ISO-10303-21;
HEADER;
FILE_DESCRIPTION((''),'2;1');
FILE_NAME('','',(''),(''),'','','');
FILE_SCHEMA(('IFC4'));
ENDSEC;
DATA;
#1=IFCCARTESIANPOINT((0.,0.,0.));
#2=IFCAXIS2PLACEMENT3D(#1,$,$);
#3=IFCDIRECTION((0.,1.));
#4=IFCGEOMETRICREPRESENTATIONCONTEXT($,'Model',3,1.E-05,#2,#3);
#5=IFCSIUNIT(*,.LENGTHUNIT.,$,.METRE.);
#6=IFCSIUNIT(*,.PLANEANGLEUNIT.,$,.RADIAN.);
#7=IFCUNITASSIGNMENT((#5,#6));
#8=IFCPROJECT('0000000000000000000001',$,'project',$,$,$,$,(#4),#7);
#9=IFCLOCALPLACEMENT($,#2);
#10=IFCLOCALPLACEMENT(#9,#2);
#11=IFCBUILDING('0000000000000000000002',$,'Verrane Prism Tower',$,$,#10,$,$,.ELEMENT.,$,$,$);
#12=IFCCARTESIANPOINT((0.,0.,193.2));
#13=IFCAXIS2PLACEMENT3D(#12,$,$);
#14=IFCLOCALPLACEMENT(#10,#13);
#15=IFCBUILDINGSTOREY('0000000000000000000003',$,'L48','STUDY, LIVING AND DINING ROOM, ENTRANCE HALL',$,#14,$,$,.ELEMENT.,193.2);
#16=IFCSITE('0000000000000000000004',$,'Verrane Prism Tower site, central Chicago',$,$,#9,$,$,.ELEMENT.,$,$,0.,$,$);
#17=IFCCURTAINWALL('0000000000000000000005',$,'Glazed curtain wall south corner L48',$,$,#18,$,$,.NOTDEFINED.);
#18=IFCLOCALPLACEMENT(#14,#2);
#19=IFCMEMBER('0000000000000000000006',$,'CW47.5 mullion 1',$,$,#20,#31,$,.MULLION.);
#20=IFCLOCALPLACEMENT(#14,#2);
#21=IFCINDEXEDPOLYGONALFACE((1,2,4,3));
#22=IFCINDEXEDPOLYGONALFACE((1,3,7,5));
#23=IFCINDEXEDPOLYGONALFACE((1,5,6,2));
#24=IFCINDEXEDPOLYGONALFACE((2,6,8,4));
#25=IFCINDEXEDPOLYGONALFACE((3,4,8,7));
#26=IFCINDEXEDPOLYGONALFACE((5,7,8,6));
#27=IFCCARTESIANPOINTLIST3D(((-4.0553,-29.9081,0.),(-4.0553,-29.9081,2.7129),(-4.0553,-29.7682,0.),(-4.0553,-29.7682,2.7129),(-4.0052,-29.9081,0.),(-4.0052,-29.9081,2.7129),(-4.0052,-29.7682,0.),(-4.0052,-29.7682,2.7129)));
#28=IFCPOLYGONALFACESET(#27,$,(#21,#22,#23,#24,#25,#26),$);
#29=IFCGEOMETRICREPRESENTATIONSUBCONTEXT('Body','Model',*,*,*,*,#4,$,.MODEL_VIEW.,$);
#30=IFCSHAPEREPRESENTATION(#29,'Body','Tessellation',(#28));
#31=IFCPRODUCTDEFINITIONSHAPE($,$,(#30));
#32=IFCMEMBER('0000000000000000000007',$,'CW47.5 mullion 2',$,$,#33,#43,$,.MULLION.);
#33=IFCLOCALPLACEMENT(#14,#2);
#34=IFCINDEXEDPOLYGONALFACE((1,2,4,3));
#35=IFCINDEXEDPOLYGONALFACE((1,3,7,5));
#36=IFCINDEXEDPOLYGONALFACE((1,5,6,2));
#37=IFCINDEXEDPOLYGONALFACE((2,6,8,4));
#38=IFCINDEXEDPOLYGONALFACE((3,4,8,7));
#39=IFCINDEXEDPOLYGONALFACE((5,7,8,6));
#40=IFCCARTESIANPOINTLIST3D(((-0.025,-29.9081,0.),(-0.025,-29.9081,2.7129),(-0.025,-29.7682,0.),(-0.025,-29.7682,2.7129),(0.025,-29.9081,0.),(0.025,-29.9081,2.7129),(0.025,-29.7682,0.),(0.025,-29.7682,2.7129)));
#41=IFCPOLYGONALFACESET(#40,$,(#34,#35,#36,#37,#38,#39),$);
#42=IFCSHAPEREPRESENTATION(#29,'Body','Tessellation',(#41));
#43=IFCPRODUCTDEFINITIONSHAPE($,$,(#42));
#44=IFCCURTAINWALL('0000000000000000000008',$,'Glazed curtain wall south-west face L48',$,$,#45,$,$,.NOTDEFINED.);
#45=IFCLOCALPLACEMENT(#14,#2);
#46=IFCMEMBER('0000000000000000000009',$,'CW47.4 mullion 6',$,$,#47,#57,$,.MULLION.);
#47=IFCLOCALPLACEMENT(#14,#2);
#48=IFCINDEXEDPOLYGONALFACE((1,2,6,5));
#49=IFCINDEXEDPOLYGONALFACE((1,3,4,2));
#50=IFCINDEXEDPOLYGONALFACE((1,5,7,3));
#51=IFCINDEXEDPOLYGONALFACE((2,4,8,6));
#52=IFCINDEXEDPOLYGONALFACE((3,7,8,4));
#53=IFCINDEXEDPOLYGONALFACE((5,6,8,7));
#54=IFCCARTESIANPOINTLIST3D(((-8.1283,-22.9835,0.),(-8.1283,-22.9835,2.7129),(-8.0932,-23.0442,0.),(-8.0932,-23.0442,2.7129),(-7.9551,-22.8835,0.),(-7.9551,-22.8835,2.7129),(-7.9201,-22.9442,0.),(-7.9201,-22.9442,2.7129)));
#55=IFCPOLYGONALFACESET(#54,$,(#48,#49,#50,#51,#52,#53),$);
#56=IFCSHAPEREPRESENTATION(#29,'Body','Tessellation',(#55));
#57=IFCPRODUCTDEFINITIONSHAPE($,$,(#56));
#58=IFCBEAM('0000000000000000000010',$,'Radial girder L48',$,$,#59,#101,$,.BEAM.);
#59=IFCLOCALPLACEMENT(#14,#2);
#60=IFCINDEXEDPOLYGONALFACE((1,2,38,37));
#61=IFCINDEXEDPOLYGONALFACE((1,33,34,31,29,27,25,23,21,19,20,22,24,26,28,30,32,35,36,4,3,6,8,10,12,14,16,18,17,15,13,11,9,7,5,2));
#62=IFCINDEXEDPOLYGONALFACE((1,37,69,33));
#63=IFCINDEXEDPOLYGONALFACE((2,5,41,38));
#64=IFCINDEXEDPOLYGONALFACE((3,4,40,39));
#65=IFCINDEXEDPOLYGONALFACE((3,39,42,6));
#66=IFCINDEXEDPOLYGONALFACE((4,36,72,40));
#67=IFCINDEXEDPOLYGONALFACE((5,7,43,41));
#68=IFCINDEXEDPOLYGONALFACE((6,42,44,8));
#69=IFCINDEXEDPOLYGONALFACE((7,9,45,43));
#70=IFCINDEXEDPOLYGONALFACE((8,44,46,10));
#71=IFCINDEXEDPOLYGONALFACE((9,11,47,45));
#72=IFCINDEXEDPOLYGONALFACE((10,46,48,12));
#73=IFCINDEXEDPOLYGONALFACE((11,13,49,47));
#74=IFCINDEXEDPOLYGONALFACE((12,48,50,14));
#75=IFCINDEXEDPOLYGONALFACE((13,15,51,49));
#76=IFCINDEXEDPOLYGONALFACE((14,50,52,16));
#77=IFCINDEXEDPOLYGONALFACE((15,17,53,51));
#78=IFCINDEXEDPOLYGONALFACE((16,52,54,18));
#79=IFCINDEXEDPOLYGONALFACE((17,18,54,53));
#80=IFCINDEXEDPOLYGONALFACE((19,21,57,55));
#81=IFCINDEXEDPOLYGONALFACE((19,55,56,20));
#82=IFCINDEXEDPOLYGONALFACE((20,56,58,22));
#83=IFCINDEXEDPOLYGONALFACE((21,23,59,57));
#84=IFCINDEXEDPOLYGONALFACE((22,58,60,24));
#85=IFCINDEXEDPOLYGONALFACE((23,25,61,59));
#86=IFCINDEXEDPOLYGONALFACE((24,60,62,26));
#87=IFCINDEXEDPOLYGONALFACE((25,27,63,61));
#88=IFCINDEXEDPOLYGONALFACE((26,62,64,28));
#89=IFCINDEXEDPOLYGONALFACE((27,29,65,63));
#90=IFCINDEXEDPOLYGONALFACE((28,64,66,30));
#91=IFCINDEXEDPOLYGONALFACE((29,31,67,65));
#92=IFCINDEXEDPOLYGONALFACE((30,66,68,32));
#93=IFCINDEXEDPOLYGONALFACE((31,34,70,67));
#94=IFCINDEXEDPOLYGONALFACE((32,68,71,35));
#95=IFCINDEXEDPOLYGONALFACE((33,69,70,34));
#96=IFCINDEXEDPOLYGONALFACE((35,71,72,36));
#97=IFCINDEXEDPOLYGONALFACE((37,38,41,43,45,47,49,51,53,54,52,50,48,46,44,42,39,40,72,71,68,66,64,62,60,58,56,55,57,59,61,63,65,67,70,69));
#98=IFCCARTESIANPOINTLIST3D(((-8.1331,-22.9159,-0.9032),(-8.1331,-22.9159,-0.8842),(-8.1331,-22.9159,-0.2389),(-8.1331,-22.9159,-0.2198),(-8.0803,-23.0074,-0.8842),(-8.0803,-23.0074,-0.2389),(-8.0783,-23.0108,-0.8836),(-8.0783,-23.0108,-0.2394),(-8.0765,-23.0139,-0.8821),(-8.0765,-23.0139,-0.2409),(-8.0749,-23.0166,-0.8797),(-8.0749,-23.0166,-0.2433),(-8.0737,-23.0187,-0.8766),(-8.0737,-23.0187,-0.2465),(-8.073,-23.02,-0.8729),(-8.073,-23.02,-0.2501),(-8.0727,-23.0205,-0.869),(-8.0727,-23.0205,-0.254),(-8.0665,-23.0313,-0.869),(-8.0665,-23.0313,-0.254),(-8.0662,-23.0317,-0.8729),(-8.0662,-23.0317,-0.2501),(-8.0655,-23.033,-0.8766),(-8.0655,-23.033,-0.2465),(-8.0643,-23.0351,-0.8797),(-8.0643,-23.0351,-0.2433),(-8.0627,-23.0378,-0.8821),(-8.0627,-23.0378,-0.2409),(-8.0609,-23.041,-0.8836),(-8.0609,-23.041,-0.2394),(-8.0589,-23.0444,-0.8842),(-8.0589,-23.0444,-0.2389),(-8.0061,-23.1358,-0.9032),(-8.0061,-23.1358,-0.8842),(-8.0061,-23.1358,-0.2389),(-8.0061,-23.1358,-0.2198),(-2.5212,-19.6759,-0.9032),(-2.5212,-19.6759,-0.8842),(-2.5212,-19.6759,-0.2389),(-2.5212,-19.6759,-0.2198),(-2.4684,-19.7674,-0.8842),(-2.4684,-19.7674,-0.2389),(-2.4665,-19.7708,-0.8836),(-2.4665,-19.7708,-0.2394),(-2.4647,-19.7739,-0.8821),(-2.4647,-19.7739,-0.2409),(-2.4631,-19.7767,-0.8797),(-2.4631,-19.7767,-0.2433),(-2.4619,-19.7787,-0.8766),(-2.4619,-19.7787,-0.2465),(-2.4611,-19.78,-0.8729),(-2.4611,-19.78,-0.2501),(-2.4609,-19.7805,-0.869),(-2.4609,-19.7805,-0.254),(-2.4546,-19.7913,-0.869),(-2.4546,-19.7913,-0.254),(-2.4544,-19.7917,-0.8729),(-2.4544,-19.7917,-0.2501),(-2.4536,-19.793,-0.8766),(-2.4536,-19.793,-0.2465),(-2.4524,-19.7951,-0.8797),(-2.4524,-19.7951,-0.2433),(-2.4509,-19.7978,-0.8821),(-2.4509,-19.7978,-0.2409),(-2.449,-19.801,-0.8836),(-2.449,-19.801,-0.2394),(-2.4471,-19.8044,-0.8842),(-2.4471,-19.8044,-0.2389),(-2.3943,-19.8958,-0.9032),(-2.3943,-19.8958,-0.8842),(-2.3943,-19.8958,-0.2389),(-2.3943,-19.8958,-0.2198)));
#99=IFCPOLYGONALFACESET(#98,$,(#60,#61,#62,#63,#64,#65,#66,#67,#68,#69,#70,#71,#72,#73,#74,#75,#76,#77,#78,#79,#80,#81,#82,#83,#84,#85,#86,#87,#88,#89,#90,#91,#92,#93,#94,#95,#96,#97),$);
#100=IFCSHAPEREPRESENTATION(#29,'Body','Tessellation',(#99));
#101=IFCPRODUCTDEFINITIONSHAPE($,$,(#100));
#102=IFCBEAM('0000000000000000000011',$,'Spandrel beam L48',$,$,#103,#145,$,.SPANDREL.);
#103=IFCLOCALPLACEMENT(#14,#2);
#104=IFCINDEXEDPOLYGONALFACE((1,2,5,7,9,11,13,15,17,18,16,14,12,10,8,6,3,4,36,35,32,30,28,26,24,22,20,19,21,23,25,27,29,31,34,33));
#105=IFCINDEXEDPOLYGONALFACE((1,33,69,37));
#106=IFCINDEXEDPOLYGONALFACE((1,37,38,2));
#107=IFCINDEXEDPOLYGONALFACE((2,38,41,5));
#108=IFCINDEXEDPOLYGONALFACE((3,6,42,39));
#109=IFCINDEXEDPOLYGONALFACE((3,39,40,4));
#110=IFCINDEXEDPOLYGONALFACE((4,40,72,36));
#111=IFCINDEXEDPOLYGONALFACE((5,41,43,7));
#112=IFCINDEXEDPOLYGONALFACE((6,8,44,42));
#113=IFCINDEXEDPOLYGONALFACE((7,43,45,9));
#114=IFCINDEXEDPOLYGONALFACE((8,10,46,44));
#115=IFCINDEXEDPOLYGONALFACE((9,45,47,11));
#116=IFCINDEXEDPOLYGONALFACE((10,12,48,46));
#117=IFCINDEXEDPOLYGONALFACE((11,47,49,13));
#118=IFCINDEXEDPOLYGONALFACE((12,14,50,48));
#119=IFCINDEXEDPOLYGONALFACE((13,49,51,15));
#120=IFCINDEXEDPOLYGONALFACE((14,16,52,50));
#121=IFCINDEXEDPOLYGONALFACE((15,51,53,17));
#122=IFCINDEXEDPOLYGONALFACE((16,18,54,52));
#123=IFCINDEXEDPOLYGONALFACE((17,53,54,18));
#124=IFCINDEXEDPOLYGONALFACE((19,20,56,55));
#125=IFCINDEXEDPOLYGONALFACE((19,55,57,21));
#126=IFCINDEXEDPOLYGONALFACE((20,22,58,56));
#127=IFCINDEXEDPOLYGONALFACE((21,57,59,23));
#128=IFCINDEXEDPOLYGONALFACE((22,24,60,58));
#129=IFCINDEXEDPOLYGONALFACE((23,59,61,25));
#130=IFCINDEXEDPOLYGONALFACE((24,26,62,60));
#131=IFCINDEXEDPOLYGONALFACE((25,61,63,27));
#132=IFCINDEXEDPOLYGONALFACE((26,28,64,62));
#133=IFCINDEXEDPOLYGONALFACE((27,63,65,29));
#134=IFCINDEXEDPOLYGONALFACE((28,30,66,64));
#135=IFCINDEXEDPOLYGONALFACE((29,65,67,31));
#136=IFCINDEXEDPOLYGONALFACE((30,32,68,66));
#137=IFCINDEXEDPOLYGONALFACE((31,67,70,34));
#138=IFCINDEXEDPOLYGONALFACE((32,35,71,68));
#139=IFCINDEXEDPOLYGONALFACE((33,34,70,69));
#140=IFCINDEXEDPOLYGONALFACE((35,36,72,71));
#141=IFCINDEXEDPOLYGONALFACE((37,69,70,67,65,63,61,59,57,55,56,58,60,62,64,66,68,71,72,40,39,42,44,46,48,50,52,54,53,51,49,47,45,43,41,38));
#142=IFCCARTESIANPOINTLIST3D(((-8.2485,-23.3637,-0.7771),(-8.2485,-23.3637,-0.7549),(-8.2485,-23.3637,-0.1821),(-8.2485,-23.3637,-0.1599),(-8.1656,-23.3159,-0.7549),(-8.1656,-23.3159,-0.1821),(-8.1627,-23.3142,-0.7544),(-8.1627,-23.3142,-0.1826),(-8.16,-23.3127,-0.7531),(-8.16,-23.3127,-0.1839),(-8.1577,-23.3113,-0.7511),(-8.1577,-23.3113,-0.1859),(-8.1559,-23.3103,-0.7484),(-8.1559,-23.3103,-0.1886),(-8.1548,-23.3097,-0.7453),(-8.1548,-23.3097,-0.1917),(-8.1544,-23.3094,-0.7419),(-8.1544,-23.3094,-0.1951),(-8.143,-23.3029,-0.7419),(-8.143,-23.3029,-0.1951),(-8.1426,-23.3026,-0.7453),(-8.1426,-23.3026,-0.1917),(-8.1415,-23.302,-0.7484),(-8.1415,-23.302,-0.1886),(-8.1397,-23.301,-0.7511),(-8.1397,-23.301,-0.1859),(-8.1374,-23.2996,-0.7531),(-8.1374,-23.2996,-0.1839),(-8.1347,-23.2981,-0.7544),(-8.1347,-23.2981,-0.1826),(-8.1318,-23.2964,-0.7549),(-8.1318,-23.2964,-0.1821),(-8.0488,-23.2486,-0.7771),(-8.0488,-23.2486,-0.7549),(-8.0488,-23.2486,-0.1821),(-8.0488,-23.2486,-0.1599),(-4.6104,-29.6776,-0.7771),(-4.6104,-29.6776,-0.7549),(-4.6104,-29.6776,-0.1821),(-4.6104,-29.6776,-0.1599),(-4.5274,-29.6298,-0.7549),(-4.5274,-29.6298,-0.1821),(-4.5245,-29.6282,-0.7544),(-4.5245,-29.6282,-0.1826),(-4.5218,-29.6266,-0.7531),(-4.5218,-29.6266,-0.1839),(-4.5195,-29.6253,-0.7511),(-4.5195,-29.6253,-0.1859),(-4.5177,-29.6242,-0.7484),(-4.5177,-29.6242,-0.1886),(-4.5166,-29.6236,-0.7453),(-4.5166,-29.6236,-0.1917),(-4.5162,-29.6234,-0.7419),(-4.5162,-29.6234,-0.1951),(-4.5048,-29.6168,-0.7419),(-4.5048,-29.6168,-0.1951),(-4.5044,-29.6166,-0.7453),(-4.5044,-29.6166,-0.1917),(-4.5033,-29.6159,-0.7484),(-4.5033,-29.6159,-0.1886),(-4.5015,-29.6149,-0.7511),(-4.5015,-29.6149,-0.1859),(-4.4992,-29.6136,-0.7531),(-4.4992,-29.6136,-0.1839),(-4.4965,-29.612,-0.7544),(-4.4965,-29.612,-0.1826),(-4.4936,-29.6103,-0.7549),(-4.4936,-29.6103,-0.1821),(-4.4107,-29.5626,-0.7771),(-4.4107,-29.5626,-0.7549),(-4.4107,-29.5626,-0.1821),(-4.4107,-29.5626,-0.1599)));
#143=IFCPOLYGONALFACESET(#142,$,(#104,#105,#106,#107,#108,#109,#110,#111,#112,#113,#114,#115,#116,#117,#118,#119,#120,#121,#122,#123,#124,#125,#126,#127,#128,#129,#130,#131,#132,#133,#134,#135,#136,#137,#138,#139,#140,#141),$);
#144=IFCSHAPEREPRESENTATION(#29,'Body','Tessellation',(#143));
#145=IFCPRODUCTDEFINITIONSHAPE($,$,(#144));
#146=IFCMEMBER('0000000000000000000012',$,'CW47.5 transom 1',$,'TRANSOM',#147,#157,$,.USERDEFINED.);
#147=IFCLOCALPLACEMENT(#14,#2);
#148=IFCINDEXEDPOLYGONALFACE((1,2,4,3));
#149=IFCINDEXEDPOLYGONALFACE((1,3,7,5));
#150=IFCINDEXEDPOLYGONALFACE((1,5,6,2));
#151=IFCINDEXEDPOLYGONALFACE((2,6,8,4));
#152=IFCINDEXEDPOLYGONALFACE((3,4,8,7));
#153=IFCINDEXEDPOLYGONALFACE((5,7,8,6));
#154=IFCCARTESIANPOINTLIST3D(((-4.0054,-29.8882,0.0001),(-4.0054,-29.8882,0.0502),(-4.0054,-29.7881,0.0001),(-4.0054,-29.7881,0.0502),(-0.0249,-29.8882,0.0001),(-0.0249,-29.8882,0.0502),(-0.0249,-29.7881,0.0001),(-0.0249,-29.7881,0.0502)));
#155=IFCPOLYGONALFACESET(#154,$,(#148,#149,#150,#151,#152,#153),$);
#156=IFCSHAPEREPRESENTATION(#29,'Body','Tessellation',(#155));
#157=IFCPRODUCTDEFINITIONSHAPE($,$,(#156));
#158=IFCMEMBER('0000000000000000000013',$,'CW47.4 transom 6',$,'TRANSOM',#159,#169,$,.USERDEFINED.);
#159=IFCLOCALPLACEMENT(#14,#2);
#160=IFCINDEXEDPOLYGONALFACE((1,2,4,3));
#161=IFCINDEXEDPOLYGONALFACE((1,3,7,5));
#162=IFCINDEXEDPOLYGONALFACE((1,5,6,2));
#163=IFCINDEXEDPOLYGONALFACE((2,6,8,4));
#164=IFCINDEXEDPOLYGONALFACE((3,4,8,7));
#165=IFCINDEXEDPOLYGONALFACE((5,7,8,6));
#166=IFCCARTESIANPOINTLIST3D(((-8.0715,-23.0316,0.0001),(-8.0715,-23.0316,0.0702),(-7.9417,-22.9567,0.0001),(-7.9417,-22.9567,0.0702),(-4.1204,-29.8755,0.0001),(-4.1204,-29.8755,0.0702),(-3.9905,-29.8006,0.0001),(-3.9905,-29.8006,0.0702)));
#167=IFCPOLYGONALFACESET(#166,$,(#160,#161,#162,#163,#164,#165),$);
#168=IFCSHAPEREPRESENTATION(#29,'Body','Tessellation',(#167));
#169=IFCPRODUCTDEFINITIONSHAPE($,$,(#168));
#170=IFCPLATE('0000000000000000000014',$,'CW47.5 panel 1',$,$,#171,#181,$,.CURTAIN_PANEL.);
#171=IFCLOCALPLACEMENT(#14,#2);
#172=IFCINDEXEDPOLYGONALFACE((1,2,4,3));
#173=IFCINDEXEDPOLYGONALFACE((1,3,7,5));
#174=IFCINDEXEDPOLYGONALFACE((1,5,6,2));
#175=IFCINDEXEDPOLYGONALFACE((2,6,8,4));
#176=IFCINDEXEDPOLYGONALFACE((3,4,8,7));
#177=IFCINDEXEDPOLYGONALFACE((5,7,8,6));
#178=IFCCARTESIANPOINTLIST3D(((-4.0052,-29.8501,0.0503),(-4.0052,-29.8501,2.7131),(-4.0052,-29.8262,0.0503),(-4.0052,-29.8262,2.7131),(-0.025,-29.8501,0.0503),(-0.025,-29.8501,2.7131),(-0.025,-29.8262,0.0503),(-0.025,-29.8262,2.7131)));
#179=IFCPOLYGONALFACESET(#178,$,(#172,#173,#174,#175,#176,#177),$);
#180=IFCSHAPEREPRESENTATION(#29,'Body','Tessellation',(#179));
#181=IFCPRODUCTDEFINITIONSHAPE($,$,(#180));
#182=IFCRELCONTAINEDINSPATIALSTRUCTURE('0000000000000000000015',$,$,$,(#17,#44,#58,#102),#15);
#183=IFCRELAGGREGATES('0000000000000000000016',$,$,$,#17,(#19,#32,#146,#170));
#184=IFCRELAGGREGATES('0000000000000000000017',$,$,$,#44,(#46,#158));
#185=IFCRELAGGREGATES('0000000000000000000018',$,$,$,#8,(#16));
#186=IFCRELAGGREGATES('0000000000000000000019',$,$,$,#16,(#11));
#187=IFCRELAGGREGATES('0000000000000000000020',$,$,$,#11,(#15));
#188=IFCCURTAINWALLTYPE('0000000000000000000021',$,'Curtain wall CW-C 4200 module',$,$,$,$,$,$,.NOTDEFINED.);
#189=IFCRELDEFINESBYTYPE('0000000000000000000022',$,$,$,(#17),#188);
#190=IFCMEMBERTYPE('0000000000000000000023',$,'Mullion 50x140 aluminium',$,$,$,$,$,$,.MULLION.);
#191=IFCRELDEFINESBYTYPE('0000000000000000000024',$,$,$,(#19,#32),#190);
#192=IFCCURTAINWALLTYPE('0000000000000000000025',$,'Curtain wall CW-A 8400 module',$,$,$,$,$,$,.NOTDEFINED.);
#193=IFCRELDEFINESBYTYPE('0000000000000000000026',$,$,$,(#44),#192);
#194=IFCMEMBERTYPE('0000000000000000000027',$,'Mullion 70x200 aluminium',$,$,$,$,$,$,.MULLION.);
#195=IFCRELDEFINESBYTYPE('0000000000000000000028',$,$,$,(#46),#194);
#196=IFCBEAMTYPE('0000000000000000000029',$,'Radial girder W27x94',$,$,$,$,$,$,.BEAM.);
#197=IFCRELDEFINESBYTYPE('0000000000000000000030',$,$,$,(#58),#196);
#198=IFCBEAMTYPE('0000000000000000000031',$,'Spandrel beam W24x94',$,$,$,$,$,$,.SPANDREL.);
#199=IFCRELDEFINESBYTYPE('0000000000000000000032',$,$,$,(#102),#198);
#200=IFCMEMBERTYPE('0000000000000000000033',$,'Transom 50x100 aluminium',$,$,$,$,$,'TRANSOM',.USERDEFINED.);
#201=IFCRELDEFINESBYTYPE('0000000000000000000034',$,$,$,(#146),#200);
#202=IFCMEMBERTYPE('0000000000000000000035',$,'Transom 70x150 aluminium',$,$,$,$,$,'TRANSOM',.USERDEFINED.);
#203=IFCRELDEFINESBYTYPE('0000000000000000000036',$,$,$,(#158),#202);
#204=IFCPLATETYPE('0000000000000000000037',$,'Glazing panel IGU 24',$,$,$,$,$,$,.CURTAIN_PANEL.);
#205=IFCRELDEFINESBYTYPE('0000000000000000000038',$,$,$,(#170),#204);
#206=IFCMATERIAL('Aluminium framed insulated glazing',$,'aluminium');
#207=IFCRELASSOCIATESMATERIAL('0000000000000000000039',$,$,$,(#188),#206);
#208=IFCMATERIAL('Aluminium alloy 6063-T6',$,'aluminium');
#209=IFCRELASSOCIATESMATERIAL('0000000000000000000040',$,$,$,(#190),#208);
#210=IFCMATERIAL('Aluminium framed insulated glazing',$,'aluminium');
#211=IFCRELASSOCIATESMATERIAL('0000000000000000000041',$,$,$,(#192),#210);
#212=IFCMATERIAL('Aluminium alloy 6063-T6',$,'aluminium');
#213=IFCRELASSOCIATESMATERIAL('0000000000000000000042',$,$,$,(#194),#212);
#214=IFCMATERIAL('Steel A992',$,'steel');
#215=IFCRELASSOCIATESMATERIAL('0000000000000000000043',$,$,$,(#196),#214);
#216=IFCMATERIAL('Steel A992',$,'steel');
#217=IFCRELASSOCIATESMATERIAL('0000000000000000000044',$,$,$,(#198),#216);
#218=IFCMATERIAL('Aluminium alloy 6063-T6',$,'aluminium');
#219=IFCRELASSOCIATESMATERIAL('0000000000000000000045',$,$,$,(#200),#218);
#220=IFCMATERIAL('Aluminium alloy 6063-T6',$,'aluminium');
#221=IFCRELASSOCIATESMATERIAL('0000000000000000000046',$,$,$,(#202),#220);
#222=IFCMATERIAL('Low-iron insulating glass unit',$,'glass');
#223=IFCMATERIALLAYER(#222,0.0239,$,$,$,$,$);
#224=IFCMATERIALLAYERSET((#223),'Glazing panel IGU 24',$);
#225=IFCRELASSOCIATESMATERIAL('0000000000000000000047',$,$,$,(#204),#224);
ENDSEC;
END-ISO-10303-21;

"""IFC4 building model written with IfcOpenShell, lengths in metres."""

from ifc_helpers import new_model, si_unit, direction, frame, origin, origin_2d, place, context, subcontext, project, spatial, rectangle, i_section, extrude, material, layer, layer_set, material_profile, profile_set, type_object, element, aggregate, save


model = new_model("IFC4")

# Units and contexts
model_context = context("Model", 3, precision=1e-05, world=origin(), true_north=direction((0.0, 1.0)))
body_context = subcontext(model_context, "Body", "Model", "MODEL_VIEW")
ifc_project = project(units=[si_unit("LENGTHUNIT", "METRE"), si_unit("PLANEANGLEUNIT", "RADIAN")], contexts=[model_context])

# Site, building, storey
site_placement = place(None, origin())
site = spatial("IfcSite", under=ifc_project, at=site_placement, Name="Verrane Prism Tower site, central Chicago", CompositionType="ELEMENT", RefElevation=0.0)
building_placement = place(site_placement, origin())
building = spatial("IfcBuilding", under=site, at=building_placement, Name="Verrane Prism Tower", CompositionType="ELEMENT")
storey_placement = place(building_placement, frame((0.0, 0.0, 193.2)))
storey = spatial("IfcBuildingStorey", under=building, at=storey_placement, Name="L48", Description="STUDY, LIVING AND DINING ROOM, ENTRANCE HALL", CompositionType="ELEMENT", Elevation=193.2)

# Curtain wall, members
ifc_material_1 = material(Name="Aluminium framed insulated glazing", Category="aluminium")
curtain_wall_type_1 = type_object("IfcCurtainWallType", Name="Curtain wall CW-C 4200 module", PredefinedType="NOTDEFINED", material=ifc_material_1)
curtain_wall_1_placement = place(storey_placement, origin())
curtain_wall_1 = element("IfcCurtainWall", 1, at=curtain_wall_1_placement, inside=storey, type_object=curtain_wall_type_1, Name="Glazed curtain wall south corner L48", PredefinedType="NOTDEFINED")
ifc_material_2 = material(Name="Aluminium alloy 6063-T6", Category="aluminium")
ifc_material_profile_1 = material_profile(ifc_material_2, rectangle(XDim=0.1399, YDim=0.05, at=origin_2d()), Name="Mullion 50x140 aluminium")
ifc_profile_set_1 = profile_set([ifc_material_profile_1], Name="Aluminium alloy 6063-T6")
member_type_1 = type_object("IfcMemberType", Name="Mullion 50x140 aluminium", PredefinedType="MULLION", material=ifc_profile_set_1)
member_1_placement = place(storey_placement, frame((-4.0303, -29.8381, 0.0), z_axis=(0.0, 0.0, 1.0), x_axis=(0.0, 1.0, 0.0)))
member_1 = element("IfcMember", 2, at=member_1_placement, type_object=member_type_1, Name="CW47.5 mullion 1", PredefinedType="MULLION", context=body_context, shape_type="SweptSolid", body=[
    extrude(rectangle(XDim=0.1399, YDim=0.05, at=origin_2d()), origin(), (0.0, 0.0, 1.0), 2.7129),
])
member_2_placement = place(storey_placement, frame((0.0, -29.8381, 0.0), z_axis=(0.0, 0.0, 1.0), x_axis=(0.0, 1.0, 0.0)))
member_2 = element("IfcMember", 3, at=member_2_placement, type_object=member_type_1, Name="CW47.5 mullion 2", PredefinedType="MULLION", context=body_context, shape_type="SweptSolid", body=[
    extrude(rectangle(XDim=0.1399, YDim=0.05, at=origin_2d()), origin(), (0.0, 0.0, 1.0), 2.7129),
])

# Curtain wall, member
ifc_material_3 = material(Name="Aluminium framed insulated glazing", Category="aluminium")
curtain_wall_type_2 = type_object("IfcCurtainWallType", Name="Curtain wall CW-A 8400 module", PredefinedType="NOTDEFINED", material=ifc_material_3)
curtain_wall_2_placement = place(storey_placement, origin())
curtain_wall_2 = element("IfcCurtainWall", 4, at=curtain_wall_2_placement, inside=storey, type_object=curtain_wall_type_2, Name="Glazed curtain wall south-west face L48", PredefinedType="NOTDEFINED")
ifc_material_4 = material(Name="Aluminium alloy 6063-T6", Category="aluminium")
ifc_material_profile_2 = material_profile(ifc_material_4, rectangle(XDim=0.2, YDim=0.0701, at=origin_2d()), Name="Mullion 70x200 aluminium")
ifc_profile_set_2 = profile_set([ifc_material_profile_2], Name="Aluminium alloy 6063-T6")
member_type_2 = type_object("IfcMemberType", Name="Mullion 70x200 aluminium", PredefinedType="MULLION", material=ifc_profile_set_2)
member_3_placement = place(storey_placement, frame((-8.0242, -22.9639, 0.0), z_axis=(0.0, 0.0, 1.0), x_axis=(0.866026, 0.5, 0.0)))
member_3 = element("IfcMember", 5, at=member_3_placement, type_object=member_type_2, Name="CW47.4 mullion 6", PredefinedType="MULLION", context=body_context, shape_type="SweptSolid", body=[
    extrude(rectangle(XDim=0.2, YDim=0.0701, at=origin_2d()), origin(), (0.0, 0.0, 1.0), 2.7129),
])

# Beams
ifc_material_5 = material(Name="Steel A992", Category="steel")
ifc_material_profile_3 = material_profile(ifc_material_5, i_section(OverallWidth=0.2539, OverallDepth=0.6833, WebThickness=0.0125, FlangeThickness=0.019, FilletRadius=0.0151, at=origin_2d()), Name="W27x94")
ifc_profile_set_3 = profile_set([ifc_material_profile_3], Name="Steel A992")
beam_type_1 = type_object("IfcBeamType", Name="Radial girder W27x94", PredefinedType="BEAM", material=ifc_profile_set_3)
beam_1_placement = place(storey_placement, frame((-8.0696, -23.0259, -0.5615), z_axis=(0.866025, 0.500001, 0.0), x_axis=(-0.500001, 0.866025, 0.0)))
element("IfcBeam", 6, at=beam_1_placement, inside=storey, type_object=beam_type_1, Name="Radial girder L48", PredefinedType="BEAM", context=body_context, shape_type="SweptSolid", body=[
    extrude(i_section(OverallWidth=0.2539, OverallDepth=0.6833, WebThickness=0.0125, FlangeThickness=0.019, FilletRadius=0.0151, at=origin_2d()), origin(), (0.0, 0.0, 1.0), 6.48),
])
ifc_material_6 = material(Name="Steel A992", Category="steel")
ifc_material_profile_4 = material_profile(ifc_material_6, i_section(OverallWidth=0.2305, OverallDepth=0.6172, WebThickness=0.0132, FlangeThickness=0.0222, FilletRadius=0.0129, at=origin_2d()), Name="W24x94")
ifc_profile_set_4 = profile_set([ifc_material_profile_4], Name="Steel A992")
beam_type_2 = type_object("IfcBeamType", Name="Spandrel beam W24x94", PredefinedType="SPANDREL", material=ifc_profile_set_4)
beam_2_placement = place(storey_placement, frame((-8.1487, -23.3062, -0.4685), z_axis=(0.49926, -0.866452, 0.0), x_axis=(0.866452, 0.49926, 0.0)))
element("IfcBeam", 7, at=beam_2_placement, inside=storey, type_object=beam_type_2, Name="Spandrel beam L48", PredefinedType="SPANDREL", context=body_context, shape_type="SweptSolid", body=[
    extrude(i_section(OverallWidth=0.2305, OverallDepth=0.6172, WebThickness=0.0132, FlangeThickness=0.0222, FilletRadius=0.0129, at=origin_2d()), origin(), (0.0, 0.0, 1.0), 7.2871),
])

# Members
ifc_material_7 = material(Name="Aluminium alloy 6063-T6", Category="aluminium")
ifc_material_profile_5 = material_profile(ifc_material_7, rectangle(XDim=0.1001, YDim=0.05, at=origin_2d()), Name="Transom 50x100 aluminium")
ifc_profile_set_5 = profile_set([ifc_material_profile_5], Name="Aluminium alloy 6063-T6")
member_type_3 = type_object("IfcMemberType", Name="Transom 50x100 aluminium", ElementType="TRANSOM", PredefinedType="USERDEFINED", material=ifc_profile_set_5)
member_4_placement = place(storey_placement, frame((-4.0054, -29.8381, 0.0251), z_axis=(1.0, 0.0, 0.0), x_axis=(0.0, 1.0, 0.0)))
member_4 = element("IfcMember", 8, at=member_4_placement, type_object=member_type_3, Name="CW47.5 transom 1", ObjectType="TRANSOM", PredefinedType="USERDEFINED", context=body_context, shape_type="SweptSolid", body=[
    extrude(rectangle(XDim=0.1001, YDim=0.05, at=origin_2d()), origin(), (0.0, 0.0, 1.0), 3.9805),
])
ifc_material_8 = material(Name="Aluminium alloy 6063-T6", Category="aluminium")
ifc_material_profile_6 = material_profile(ifc_material_8, rectangle(XDim=0.1499, YDim=0.0701, at=origin_2d()), Name="Transom 70x150 aluminium")
ifc_profile_set_6 = profile_set([ifc_material_profile_6], Name="Aluminium alloy 6063-T6")
member_type_4 = type_object("IfcMemberType", Name="Transom 70x150 aluminium", ElementType="TRANSOM", PredefinedType="USERDEFINED", material=ifc_profile_set_6)
member_5_placement = place(storey_placement, frame((-8.0066, -22.9941, 0.0352), z_axis=(0.49998, -0.866037, 0.0), x_axis=(0.866037, 0.49998, 0.0)))
member_5 = element("IfcMember", 9, at=member_5_placement, type_object=member_type_4, Name="CW47.4 transom 6", ObjectType="TRANSOM", PredefinedType="USERDEFINED", context=body_context, shape_type="SweptSolid", body=[
    extrude(rectangle(XDim=0.1499, YDim=0.0701, at=origin_2d()), origin(), (0.0, 0.0, 1.0), 7.9026),
])

# Plate
ifc_material_9 = material(Name="Low-iron insulating glass unit", Category="glass")
ifc_layer_1 = layer(ifc_material_9, 0.0239)
ifc_layer_set_1 = layer_set([ifc_layer_1], Name="Glazing panel IGU 24")
plate_type_1 = type_object("IfcPlateType", Name="Glazing panel IGU 24", PredefinedType="CURTAIN_PANEL", material=ifc_layer_set_1)
plate_1_placement = place(storey_placement, frame((-2.0151, -29.8381, 0.0503), z_axis=(0.0, 0.0, 1.0), x_axis=(1.0, 0.0, 0.0)))
plate_1 = element("IfcPlate", 10, at=plate_1_placement, type_object=plate_type_1, Name="CW47.5 panel 1", PredefinedType="CURTAIN_PANEL", context=body_context, shape_type="SweptSolid", body=[
    extrude(rectangle(XDim=3.9802, YDim=0.0239, at=origin_2d()), origin(), (0.0, 0.0, 1.0), 2.6628),
])
aggregate(curtain_wall_1, [member_1, member_2, member_4, plate_1])
aggregate(curtain_wall_2, [member_3, member_5])

save(model, "model.ifc")
